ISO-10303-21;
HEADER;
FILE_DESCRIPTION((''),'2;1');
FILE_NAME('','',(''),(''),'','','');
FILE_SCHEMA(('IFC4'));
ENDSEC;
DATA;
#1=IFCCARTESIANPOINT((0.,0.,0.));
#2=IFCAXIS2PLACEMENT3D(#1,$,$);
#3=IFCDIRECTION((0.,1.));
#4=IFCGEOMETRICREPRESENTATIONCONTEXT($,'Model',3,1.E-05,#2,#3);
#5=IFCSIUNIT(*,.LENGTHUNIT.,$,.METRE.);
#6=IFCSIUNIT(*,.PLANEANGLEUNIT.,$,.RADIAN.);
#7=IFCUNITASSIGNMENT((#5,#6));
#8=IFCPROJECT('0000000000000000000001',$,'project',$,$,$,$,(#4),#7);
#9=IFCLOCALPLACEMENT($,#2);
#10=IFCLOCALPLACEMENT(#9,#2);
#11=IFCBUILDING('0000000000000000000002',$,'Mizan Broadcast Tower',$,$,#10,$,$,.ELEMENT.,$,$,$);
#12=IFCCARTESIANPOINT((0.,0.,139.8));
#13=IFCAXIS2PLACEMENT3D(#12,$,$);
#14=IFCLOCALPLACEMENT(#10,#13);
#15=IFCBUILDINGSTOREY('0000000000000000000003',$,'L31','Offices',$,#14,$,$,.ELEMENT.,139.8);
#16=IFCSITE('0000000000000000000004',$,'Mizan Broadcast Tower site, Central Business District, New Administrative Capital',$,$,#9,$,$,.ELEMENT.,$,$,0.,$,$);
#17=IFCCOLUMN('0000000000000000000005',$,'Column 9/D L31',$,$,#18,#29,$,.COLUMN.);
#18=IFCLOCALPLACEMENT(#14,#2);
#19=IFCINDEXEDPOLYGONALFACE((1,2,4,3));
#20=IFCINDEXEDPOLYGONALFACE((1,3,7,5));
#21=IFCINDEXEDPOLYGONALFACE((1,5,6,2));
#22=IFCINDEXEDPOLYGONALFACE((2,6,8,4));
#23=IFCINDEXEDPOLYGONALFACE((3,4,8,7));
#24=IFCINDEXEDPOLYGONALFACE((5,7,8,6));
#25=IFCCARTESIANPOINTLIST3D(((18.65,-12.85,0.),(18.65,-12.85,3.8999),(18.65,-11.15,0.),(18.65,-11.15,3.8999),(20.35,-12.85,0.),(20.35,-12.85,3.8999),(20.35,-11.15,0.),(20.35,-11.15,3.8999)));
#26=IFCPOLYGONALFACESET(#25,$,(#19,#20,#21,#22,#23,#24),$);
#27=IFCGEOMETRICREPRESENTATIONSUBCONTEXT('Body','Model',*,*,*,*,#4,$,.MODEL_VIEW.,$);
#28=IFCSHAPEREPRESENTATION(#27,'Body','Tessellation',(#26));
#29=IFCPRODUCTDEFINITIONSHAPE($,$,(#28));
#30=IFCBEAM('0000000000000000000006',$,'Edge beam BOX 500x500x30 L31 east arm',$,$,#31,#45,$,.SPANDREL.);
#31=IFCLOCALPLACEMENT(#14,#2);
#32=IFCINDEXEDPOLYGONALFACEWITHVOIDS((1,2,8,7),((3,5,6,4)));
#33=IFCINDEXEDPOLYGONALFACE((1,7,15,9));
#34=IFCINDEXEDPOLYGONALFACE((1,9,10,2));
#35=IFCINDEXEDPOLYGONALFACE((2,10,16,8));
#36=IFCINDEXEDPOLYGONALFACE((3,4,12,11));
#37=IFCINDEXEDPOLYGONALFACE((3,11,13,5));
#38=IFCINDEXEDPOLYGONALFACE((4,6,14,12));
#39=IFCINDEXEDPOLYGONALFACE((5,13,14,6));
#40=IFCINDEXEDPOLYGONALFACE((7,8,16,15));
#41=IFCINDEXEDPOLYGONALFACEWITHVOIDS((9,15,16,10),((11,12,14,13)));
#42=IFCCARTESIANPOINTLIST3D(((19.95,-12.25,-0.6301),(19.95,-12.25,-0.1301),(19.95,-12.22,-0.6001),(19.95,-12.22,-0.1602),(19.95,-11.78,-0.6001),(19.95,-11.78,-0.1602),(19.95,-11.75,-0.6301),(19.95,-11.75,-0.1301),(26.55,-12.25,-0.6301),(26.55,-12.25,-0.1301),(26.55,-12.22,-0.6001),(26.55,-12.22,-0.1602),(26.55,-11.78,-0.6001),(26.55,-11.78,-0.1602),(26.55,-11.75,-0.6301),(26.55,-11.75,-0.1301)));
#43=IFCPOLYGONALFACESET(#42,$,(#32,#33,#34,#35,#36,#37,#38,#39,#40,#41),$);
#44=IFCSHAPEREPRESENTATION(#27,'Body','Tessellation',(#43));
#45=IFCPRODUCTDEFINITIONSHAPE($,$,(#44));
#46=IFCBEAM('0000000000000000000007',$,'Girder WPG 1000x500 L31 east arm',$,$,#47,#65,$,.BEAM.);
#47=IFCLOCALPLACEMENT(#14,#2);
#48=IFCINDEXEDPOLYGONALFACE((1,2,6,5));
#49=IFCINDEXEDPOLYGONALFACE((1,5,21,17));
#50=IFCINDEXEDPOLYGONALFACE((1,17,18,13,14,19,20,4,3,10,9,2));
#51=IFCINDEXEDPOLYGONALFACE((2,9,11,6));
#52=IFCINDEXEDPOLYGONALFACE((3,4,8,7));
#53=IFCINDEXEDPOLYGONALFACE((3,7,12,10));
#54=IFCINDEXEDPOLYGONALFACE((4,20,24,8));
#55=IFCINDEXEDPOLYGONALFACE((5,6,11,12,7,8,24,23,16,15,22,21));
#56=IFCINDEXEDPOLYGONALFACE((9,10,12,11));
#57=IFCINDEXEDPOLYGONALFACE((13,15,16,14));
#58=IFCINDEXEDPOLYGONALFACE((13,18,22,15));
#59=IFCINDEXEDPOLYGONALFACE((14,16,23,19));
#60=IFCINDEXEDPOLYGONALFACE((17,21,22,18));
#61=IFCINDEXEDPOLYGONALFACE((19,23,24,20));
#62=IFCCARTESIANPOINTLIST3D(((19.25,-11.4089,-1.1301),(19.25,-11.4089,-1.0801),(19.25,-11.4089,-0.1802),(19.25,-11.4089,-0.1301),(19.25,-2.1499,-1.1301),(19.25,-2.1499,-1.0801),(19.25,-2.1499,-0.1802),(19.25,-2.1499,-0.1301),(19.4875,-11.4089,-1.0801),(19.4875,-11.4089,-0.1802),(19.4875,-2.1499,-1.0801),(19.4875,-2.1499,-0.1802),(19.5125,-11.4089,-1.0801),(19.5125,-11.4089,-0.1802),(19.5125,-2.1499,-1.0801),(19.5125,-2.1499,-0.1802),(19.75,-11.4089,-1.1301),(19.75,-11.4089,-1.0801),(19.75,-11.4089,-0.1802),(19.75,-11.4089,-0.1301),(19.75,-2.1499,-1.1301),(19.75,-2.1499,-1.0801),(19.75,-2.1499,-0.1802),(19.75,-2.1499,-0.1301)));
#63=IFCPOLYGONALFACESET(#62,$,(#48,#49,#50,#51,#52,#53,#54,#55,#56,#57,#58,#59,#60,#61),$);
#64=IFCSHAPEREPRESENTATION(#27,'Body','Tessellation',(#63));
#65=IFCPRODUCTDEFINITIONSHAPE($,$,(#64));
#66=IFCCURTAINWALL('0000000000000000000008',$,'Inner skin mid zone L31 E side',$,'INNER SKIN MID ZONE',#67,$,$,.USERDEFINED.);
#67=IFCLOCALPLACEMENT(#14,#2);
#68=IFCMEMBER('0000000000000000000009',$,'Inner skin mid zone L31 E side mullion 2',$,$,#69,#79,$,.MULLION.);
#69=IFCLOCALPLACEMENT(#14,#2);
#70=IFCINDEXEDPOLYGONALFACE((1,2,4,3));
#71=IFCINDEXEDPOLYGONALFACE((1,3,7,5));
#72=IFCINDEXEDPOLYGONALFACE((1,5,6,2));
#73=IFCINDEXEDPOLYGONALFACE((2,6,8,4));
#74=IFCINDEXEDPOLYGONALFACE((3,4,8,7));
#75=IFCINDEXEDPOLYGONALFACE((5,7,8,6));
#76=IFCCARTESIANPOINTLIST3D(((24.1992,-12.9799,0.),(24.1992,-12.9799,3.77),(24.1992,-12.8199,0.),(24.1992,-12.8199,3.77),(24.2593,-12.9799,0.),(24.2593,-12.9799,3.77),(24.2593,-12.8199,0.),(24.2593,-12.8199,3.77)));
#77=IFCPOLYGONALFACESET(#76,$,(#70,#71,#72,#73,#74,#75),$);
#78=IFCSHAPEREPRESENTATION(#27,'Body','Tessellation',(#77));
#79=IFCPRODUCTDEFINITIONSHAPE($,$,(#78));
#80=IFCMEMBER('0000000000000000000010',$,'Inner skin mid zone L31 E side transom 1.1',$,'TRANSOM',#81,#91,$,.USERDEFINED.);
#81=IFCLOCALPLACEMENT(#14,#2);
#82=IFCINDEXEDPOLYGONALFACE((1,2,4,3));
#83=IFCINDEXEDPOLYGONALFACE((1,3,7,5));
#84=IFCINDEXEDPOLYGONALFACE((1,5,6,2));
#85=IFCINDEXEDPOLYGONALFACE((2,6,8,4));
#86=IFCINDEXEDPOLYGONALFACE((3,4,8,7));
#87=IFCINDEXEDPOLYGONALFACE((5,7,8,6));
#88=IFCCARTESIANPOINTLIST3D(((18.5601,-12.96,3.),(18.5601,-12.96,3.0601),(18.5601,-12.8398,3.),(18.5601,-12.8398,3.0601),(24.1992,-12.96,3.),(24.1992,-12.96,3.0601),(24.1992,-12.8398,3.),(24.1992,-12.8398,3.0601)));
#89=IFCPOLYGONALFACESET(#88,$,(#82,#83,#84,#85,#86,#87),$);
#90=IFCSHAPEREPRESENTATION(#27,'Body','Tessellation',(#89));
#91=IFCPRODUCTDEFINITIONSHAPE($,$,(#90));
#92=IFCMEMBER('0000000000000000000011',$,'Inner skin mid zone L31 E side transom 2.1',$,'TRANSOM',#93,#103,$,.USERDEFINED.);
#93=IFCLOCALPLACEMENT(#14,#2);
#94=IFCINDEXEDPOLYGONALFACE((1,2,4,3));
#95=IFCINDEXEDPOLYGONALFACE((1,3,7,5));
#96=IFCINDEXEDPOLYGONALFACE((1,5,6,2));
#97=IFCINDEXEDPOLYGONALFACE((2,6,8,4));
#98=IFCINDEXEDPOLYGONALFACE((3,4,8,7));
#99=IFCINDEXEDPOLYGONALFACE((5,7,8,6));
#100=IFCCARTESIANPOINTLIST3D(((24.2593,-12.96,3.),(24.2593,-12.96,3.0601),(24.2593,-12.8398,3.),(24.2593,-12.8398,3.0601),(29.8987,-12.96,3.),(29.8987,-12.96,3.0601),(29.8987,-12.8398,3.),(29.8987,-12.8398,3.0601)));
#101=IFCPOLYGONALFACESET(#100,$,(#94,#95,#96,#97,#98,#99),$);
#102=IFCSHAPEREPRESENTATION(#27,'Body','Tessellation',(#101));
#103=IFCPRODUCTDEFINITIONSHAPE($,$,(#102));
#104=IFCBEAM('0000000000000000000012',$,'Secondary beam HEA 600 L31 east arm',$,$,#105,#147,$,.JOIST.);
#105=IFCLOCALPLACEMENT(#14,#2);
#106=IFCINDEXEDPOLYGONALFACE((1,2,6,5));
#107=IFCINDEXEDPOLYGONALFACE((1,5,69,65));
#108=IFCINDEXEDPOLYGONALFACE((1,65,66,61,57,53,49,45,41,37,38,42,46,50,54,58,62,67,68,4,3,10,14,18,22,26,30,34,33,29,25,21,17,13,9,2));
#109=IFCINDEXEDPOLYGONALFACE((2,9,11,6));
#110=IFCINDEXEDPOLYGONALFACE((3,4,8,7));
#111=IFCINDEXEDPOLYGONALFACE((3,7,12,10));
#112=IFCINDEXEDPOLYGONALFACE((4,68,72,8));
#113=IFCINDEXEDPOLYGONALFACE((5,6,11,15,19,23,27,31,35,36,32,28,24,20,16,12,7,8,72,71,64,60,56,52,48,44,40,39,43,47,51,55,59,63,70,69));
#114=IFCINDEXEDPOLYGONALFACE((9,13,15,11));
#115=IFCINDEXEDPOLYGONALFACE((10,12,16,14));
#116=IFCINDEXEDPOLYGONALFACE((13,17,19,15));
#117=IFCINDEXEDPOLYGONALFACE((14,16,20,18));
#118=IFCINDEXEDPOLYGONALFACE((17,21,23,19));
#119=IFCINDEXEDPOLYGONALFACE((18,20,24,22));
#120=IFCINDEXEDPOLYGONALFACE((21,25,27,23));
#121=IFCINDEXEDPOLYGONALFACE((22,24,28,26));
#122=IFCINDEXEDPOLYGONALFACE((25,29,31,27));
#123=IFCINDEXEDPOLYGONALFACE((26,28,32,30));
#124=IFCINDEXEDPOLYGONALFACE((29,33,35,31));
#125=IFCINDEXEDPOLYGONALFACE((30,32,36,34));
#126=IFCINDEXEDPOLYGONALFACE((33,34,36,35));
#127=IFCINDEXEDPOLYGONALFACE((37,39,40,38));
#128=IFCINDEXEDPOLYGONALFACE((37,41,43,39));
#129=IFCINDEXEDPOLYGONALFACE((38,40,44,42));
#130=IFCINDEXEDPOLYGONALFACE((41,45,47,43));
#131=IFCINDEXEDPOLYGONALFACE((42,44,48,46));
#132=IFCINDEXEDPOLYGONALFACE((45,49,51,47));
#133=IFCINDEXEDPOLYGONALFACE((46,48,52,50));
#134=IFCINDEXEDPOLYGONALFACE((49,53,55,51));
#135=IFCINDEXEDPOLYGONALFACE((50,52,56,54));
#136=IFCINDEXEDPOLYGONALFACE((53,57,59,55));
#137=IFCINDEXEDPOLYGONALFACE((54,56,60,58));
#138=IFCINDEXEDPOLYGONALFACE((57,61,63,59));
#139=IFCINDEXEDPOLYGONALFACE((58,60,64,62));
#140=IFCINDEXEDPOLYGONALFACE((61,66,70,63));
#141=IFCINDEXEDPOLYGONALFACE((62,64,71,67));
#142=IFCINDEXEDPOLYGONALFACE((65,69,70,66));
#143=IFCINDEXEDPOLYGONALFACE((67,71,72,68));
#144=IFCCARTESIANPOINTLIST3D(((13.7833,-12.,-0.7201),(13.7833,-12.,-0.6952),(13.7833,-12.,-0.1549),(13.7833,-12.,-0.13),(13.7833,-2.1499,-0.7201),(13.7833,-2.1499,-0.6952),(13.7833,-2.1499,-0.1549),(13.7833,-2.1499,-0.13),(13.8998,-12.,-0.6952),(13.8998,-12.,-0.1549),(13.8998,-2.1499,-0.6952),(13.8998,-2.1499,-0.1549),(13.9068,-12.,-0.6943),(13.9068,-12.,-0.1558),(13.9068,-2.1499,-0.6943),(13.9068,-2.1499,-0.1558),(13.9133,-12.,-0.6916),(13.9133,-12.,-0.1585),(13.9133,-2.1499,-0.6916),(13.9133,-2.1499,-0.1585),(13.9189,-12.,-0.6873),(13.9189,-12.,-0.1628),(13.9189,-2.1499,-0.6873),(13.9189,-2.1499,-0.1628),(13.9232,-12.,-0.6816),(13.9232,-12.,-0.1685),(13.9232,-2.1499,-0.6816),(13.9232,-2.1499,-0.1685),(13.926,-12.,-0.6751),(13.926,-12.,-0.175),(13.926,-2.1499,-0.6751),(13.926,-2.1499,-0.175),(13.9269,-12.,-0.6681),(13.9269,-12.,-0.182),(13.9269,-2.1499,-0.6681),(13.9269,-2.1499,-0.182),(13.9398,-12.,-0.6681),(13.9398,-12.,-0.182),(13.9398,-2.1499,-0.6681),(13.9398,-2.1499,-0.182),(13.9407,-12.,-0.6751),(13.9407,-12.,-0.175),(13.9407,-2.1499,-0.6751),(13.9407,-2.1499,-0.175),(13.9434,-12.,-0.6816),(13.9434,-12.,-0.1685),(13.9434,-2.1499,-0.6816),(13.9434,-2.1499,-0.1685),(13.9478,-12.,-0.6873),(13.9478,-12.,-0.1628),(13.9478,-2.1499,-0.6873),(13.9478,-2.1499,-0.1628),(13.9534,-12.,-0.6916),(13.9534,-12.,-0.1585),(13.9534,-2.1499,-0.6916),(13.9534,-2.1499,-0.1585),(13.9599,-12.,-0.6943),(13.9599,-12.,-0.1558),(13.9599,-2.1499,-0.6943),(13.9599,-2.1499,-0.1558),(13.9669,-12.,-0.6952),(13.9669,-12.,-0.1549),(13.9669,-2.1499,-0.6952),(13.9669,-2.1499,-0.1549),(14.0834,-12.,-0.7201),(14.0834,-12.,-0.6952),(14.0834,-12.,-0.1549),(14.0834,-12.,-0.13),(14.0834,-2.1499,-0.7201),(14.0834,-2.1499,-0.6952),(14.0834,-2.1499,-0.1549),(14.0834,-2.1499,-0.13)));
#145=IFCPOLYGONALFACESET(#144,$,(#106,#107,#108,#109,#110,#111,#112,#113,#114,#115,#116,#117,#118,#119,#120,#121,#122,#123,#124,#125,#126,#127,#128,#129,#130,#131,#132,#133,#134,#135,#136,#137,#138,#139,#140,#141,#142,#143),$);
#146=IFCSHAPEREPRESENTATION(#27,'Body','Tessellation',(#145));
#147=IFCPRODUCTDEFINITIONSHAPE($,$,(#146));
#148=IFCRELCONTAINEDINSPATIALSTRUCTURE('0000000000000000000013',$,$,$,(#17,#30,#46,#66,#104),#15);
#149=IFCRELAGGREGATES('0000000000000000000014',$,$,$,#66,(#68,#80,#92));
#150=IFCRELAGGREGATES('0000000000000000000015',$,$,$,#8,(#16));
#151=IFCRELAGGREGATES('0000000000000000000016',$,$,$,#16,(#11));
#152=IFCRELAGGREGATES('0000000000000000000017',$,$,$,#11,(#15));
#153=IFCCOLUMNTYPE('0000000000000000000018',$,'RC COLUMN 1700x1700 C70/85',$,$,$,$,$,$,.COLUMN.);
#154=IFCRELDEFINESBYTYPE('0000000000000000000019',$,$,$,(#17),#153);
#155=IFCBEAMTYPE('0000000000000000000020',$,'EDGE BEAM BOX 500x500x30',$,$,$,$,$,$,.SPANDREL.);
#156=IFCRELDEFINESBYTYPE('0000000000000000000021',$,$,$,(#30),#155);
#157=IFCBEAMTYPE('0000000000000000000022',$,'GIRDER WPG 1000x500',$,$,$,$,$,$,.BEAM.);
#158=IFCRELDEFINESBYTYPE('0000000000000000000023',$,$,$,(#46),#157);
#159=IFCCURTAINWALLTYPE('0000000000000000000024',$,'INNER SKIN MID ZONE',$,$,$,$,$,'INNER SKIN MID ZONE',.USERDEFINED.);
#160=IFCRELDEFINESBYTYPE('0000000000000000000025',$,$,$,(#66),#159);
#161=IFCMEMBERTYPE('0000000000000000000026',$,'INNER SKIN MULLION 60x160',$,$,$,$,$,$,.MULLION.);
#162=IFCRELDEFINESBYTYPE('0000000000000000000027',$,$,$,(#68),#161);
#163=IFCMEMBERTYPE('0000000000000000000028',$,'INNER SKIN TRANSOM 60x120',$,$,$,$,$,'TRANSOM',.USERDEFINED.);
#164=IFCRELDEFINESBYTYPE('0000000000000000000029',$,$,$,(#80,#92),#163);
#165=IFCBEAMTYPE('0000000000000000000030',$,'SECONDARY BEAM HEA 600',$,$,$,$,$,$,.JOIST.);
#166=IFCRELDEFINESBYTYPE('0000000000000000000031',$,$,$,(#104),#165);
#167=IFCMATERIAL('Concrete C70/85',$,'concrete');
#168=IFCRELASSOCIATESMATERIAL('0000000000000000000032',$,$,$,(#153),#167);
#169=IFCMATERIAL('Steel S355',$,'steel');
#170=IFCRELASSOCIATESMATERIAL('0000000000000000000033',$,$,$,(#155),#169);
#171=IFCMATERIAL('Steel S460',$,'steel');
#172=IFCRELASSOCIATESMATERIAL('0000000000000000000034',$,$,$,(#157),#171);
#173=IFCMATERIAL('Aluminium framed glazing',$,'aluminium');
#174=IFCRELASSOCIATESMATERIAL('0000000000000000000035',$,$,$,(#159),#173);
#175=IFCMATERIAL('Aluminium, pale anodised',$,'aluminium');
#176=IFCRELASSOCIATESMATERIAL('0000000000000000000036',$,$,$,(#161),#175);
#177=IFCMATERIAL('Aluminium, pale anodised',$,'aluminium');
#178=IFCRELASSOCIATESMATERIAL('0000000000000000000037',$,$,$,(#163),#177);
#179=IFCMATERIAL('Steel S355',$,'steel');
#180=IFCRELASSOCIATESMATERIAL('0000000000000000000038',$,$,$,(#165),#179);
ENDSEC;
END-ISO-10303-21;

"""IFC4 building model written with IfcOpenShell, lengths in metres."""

from ifc_helpers import new_model, si_unit, direction, frame, origin, origin_2d, place, context, subcontext, project, spatial, rectangle, hollow_rectangle, i_section, extrude, material, material_profile, profile_set, type_object, element, aggregate, save


model = new_model("IFC4")

# Units and contexts
model_context = context("Model", 3, precision=1e-05, world=origin(), true_north=direction((0.0, 1.0)))
body_context = subcontext(model_context, "Body", "Model", "MODEL_VIEW")
ifc_project = project(units=[si_unit("LENGTHUNIT", "METRE"), si_unit("PLANEANGLEUNIT", "RADIAN")], contexts=[model_context])

# Site, building, storey
site_placement = place(None, origin())
site = spatial("IfcSite", under=ifc_project, at=site_placement, Name="Mizan Broadcast Tower site, Central Business District, New Administrative Capital", CompositionType="ELEMENT", RefElevation=0.0)
building_placement = place(site_placement, origin())
building = spatial("IfcBuilding", under=site, at=building_placement, Name="Mizan Broadcast Tower", CompositionType="ELEMENT")
storey_placement = place(building_placement, frame((0.0, 0.0, 139.8)))
storey = spatial("IfcBuildingStorey", under=building, at=storey_placement, Name="L31", Description="Offices", CompositionType="ELEMENT", Elevation=139.8)

# Column
ifc_material_1 = material(Name="Concrete C70/85", Category="concrete")
ifc_material_profile_1 = material_profile(ifc_material_1, rectangle(XDim=1.7, YDim=1.7, at=origin_2d()), Name="RC 1700x1700")
ifc_profile_set_1 = profile_set([ifc_material_profile_1], Name="Concrete C70/85")
column_type = type_object("IfcColumnType", Name="RC COLUMN 1700x1700 C70/85", PredefinedType="COLUMN", material=ifc_profile_set_1)
column_placement = place(storey_placement, frame((19.5, -12.0, 0.0), z_axis=(0.0, 0.0, 1.0), x_axis=(1.0, 0.0, 0.0)))
element("IfcColumn", 1, at=column_placement, inside=storey, type_object=column_type, Name="Column 9/D L31", PredefinedType="COLUMN", context=body_context, shape_type="SweptSolid", body=[
    extrude(rectangle(XDim=1.7, YDim=1.7, at=origin_2d()), origin(), (0.0, 0.0, 1.0), 3.8999),
])

# Beams
ifc_material_2 = material(Name="Steel S355", Category="steel")
ifc_material_profile_2 = material_profile(ifc_material_2, hollow_rectangle(XDim=0.5, YDim=0.5, WallThickness=0.03, at=origin_2d()), Name="BOX 500x500x30")
ifc_profile_set_2 = profile_set([ifc_material_profile_2], Name="Steel S355")
beam_type_1 = type_object("IfcBeamType", Name="EDGE BEAM BOX 500x500x30", PredefinedType="SPANDREL", material=ifc_profile_set_2)
beam_1_placement = place(storey_placement, frame((19.95, -12.0, -0.3801), z_axis=(1.0, 0.0, 0.0), x_axis=(0.0, 1.0, 0.0)))
element("IfcBeam", 2, at=beam_1_placement, inside=storey, type_object=beam_type_1, Name="Edge beam BOX 500x500x30 L31 east arm", PredefinedType="SPANDREL", context=body_context, shape_type="SweptSolid", body=[
    extrude(hollow_rectangle(XDim=0.5, YDim=0.5, WallThickness=0.03, at=origin_2d()), origin(), (0.0, 0.0, 1.0), 6.6001),
])
ifc_material_3 = material(Name="Steel S460", Category="steel")
ifc_material_profile_3 = material_profile(ifc_material_3, i_section(OverallWidth=0.5, OverallDepth=1.0, WebThickness=0.0249, FlangeThickness=0.05, at=origin_2d()), Name="WPG 1000x500")
ifc_profile_set_3 = profile_set([ifc_material_profile_3], Name="Steel S460")
beam_type_2 = type_object("IfcBeamType", Name="GIRDER WPG 1000x500", PredefinedType="BEAM", material=ifc_profile_set_3)
beam_2_placement = place(storey_placement, frame((19.5, -11.4089, -0.6301), z_axis=(0.0, 1.0, 0.0), x_axis=(-1.0, 0.0, 0.0)))
element("IfcBeam", 3, at=beam_2_placement, inside=storey, type_object=beam_type_2, Name="Girder WPG 1000x500 L31 east arm", PredefinedType="BEAM", context=body_context, shape_type="SweptSolid", body=[
    extrude(i_section(OverallWidth=0.5, OverallDepth=1.0, WebThickness=0.0249, FlangeThickness=0.05, at=origin_2d()), origin(), (0.0, 0.0, 1.0), 9.259),
])

# Curtain wall, members
ifc_material_4 = material(Name="Aluminium framed glazing", Category="aluminium")
curtain_wall_type = type_object("IfcCurtainWallType", Name="INNER SKIN MID ZONE", ElementType="INNER SKIN MID ZONE", PredefinedType="USERDEFINED", material=ifc_material_4)
curtain_wall_placement = place(storey_placement, origin())
curtain_wall = element("IfcCurtainWall", 4, at=curtain_wall_placement, inside=storey, type_object=curtain_wall_type, Name="Inner skin mid zone L31 E side", ObjectType="INNER SKIN MID ZONE", PredefinedType="USERDEFINED")
ifc_material_5 = material(Name="Aluminium, pale anodised", Category="aluminium")
ifc_material_profile_4 = material_profile(ifc_material_5, rectangle(XDim=0.1599, YDim=0.0601, at=origin_2d()), Name="MULLION 160x60")
ifc_profile_set_4 = profile_set([ifc_material_profile_4], Name="Aluminium, pale anodised")
member_type_1 = type_object("IfcMemberType", Name="INNER SKIN MULLION 60x160", PredefinedType="MULLION", material=ifc_profile_set_4)
member_1_placement = place(storey_placement, frame((24.2292, -12.8999, 0.0), z_axis=(0.0, 0.0, 1.0), x_axis=(0.0, 1.0, 0.0)))
member_1 = element("IfcMember", 5, at=member_1_placement, type_object=member_type_1, Name="Inner skin mid zone L31 E side mullion 2", PredefinedType="MULLION", context=body_context, shape_type="SweptSolid", body=[
    extrude(rectangle(XDim=0.1599, YDim=0.0601, at=origin_2d()), origin(), (0.0, 0.0, 1.0), 3.77),
])
ifc_material_6 = material(Name="Aluminium, pale anodised", Category="aluminium")
ifc_material_profile_5 = material_profile(ifc_material_6, rectangle(XDim=0.1201, YDim=0.0601, at=origin_2d()), Name="TRANSOM 120x60")
ifc_profile_set_5 = profile_set([ifc_material_profile_5], Name="Aluminium, pale anodised")
member_type_2 = type_object("IfcMemberType", Name="INNER SKIN TRANSOM 60x120", ElementType="TRANSOM", PredefinedType="USERDEFINED", material=ifc_profile_set_5)
member_2_placement = place(storey_placement, frame((18.5601, -12.8999, 3.03), z_axis=(1.0, 0.0, 0.0), x_axis=(0.0, 1.0, 0.0)))
member_2 = element("IfcMember", 6, at=member_2_placement, type_object=member_type_2, Name="Inner skin mid zone L31 E side transom 1.1", ObjectType="TRANSOM", PredefinedType="USERDEFINED", context=body_context, shape_type="SweptSolid", body=[
    extrude(rectangle(XDim=0.1201, YDim=0.0601, at=origin_2d()), origin(), (0.0, 0.0, 1.0), 5.6392),
])
member_3_placement = place(storey_placement, frame((24.2593, -12.8999, 3.03), z_axis=(1.0, 0.0, 0.0), x_axis=(0.0, 1.0, 0.0)))
member_3 = element("IfcMember", 7, at=member_3_placement, type_object=member_type_2, Name="Inner skin mid zone L31 E side transom 2.1", ObjectType="TRANSOM", PredefinedType="USERDEFINED", context=body_context, shape_type="SweptSolid", body=[
    extrude(rectangle(XDim=0.1201, YDim=0.0601, at=origin_2d()), origin(), (0.0, 0.0, 1.0), 5.6394),
])

# Beam
ifc_material_7 = material(Name="Steel S355", Category="steel")
ifc_material_profile_6 = material_profile(ifc_material_7, i_section(OverallWidth=0.3, OverallDepth=0.5901, WebThickness=0.0129, FlangeThickness=0.0249, FilletRadius=0.0271, at=origin_2d()), Name="HEA 600")
ifc_profile_set_6 = profile_set([ifc_material_profile_6], Name="Steel S355")
beam_type_3 = type_object("IfcBeamType", Name="SECONDARY BEAM HEA 600", PredefinedType="JOIST", material=ifc_profile_set_6)
for number, where, z_axis, x_axis, name in (
    (8, (13.9333, -12.0, -0.425), (0.0, 1.0, 0.0), (-1.0, 0.0, 0.0), "Secondary beam HEA 600 L31 east arm"),
):
    element("IfcBeam", number, at=place(storey_placement, frame(where, z_axis=z_axis, x_axis=x_axis)), inside=storey, type_object=beam_type_3, Name=name, PredefinedType="JOIST", context=body_context, shape_type="SweptSolid", body=[
        extrude(i_section(OverallWidth=0.3, OverallDepth=0.5901, WebThickness=0.0129, FlangeThickness=0.0249, FilletRadius=0.0271, at=origin_2d()), origin(), (0.0, 0.0, 1.0), 9.8501),
    ])

aggregate(curtain_wall, [member_1, member_2, member_3])

save(model, "model.ifc")
